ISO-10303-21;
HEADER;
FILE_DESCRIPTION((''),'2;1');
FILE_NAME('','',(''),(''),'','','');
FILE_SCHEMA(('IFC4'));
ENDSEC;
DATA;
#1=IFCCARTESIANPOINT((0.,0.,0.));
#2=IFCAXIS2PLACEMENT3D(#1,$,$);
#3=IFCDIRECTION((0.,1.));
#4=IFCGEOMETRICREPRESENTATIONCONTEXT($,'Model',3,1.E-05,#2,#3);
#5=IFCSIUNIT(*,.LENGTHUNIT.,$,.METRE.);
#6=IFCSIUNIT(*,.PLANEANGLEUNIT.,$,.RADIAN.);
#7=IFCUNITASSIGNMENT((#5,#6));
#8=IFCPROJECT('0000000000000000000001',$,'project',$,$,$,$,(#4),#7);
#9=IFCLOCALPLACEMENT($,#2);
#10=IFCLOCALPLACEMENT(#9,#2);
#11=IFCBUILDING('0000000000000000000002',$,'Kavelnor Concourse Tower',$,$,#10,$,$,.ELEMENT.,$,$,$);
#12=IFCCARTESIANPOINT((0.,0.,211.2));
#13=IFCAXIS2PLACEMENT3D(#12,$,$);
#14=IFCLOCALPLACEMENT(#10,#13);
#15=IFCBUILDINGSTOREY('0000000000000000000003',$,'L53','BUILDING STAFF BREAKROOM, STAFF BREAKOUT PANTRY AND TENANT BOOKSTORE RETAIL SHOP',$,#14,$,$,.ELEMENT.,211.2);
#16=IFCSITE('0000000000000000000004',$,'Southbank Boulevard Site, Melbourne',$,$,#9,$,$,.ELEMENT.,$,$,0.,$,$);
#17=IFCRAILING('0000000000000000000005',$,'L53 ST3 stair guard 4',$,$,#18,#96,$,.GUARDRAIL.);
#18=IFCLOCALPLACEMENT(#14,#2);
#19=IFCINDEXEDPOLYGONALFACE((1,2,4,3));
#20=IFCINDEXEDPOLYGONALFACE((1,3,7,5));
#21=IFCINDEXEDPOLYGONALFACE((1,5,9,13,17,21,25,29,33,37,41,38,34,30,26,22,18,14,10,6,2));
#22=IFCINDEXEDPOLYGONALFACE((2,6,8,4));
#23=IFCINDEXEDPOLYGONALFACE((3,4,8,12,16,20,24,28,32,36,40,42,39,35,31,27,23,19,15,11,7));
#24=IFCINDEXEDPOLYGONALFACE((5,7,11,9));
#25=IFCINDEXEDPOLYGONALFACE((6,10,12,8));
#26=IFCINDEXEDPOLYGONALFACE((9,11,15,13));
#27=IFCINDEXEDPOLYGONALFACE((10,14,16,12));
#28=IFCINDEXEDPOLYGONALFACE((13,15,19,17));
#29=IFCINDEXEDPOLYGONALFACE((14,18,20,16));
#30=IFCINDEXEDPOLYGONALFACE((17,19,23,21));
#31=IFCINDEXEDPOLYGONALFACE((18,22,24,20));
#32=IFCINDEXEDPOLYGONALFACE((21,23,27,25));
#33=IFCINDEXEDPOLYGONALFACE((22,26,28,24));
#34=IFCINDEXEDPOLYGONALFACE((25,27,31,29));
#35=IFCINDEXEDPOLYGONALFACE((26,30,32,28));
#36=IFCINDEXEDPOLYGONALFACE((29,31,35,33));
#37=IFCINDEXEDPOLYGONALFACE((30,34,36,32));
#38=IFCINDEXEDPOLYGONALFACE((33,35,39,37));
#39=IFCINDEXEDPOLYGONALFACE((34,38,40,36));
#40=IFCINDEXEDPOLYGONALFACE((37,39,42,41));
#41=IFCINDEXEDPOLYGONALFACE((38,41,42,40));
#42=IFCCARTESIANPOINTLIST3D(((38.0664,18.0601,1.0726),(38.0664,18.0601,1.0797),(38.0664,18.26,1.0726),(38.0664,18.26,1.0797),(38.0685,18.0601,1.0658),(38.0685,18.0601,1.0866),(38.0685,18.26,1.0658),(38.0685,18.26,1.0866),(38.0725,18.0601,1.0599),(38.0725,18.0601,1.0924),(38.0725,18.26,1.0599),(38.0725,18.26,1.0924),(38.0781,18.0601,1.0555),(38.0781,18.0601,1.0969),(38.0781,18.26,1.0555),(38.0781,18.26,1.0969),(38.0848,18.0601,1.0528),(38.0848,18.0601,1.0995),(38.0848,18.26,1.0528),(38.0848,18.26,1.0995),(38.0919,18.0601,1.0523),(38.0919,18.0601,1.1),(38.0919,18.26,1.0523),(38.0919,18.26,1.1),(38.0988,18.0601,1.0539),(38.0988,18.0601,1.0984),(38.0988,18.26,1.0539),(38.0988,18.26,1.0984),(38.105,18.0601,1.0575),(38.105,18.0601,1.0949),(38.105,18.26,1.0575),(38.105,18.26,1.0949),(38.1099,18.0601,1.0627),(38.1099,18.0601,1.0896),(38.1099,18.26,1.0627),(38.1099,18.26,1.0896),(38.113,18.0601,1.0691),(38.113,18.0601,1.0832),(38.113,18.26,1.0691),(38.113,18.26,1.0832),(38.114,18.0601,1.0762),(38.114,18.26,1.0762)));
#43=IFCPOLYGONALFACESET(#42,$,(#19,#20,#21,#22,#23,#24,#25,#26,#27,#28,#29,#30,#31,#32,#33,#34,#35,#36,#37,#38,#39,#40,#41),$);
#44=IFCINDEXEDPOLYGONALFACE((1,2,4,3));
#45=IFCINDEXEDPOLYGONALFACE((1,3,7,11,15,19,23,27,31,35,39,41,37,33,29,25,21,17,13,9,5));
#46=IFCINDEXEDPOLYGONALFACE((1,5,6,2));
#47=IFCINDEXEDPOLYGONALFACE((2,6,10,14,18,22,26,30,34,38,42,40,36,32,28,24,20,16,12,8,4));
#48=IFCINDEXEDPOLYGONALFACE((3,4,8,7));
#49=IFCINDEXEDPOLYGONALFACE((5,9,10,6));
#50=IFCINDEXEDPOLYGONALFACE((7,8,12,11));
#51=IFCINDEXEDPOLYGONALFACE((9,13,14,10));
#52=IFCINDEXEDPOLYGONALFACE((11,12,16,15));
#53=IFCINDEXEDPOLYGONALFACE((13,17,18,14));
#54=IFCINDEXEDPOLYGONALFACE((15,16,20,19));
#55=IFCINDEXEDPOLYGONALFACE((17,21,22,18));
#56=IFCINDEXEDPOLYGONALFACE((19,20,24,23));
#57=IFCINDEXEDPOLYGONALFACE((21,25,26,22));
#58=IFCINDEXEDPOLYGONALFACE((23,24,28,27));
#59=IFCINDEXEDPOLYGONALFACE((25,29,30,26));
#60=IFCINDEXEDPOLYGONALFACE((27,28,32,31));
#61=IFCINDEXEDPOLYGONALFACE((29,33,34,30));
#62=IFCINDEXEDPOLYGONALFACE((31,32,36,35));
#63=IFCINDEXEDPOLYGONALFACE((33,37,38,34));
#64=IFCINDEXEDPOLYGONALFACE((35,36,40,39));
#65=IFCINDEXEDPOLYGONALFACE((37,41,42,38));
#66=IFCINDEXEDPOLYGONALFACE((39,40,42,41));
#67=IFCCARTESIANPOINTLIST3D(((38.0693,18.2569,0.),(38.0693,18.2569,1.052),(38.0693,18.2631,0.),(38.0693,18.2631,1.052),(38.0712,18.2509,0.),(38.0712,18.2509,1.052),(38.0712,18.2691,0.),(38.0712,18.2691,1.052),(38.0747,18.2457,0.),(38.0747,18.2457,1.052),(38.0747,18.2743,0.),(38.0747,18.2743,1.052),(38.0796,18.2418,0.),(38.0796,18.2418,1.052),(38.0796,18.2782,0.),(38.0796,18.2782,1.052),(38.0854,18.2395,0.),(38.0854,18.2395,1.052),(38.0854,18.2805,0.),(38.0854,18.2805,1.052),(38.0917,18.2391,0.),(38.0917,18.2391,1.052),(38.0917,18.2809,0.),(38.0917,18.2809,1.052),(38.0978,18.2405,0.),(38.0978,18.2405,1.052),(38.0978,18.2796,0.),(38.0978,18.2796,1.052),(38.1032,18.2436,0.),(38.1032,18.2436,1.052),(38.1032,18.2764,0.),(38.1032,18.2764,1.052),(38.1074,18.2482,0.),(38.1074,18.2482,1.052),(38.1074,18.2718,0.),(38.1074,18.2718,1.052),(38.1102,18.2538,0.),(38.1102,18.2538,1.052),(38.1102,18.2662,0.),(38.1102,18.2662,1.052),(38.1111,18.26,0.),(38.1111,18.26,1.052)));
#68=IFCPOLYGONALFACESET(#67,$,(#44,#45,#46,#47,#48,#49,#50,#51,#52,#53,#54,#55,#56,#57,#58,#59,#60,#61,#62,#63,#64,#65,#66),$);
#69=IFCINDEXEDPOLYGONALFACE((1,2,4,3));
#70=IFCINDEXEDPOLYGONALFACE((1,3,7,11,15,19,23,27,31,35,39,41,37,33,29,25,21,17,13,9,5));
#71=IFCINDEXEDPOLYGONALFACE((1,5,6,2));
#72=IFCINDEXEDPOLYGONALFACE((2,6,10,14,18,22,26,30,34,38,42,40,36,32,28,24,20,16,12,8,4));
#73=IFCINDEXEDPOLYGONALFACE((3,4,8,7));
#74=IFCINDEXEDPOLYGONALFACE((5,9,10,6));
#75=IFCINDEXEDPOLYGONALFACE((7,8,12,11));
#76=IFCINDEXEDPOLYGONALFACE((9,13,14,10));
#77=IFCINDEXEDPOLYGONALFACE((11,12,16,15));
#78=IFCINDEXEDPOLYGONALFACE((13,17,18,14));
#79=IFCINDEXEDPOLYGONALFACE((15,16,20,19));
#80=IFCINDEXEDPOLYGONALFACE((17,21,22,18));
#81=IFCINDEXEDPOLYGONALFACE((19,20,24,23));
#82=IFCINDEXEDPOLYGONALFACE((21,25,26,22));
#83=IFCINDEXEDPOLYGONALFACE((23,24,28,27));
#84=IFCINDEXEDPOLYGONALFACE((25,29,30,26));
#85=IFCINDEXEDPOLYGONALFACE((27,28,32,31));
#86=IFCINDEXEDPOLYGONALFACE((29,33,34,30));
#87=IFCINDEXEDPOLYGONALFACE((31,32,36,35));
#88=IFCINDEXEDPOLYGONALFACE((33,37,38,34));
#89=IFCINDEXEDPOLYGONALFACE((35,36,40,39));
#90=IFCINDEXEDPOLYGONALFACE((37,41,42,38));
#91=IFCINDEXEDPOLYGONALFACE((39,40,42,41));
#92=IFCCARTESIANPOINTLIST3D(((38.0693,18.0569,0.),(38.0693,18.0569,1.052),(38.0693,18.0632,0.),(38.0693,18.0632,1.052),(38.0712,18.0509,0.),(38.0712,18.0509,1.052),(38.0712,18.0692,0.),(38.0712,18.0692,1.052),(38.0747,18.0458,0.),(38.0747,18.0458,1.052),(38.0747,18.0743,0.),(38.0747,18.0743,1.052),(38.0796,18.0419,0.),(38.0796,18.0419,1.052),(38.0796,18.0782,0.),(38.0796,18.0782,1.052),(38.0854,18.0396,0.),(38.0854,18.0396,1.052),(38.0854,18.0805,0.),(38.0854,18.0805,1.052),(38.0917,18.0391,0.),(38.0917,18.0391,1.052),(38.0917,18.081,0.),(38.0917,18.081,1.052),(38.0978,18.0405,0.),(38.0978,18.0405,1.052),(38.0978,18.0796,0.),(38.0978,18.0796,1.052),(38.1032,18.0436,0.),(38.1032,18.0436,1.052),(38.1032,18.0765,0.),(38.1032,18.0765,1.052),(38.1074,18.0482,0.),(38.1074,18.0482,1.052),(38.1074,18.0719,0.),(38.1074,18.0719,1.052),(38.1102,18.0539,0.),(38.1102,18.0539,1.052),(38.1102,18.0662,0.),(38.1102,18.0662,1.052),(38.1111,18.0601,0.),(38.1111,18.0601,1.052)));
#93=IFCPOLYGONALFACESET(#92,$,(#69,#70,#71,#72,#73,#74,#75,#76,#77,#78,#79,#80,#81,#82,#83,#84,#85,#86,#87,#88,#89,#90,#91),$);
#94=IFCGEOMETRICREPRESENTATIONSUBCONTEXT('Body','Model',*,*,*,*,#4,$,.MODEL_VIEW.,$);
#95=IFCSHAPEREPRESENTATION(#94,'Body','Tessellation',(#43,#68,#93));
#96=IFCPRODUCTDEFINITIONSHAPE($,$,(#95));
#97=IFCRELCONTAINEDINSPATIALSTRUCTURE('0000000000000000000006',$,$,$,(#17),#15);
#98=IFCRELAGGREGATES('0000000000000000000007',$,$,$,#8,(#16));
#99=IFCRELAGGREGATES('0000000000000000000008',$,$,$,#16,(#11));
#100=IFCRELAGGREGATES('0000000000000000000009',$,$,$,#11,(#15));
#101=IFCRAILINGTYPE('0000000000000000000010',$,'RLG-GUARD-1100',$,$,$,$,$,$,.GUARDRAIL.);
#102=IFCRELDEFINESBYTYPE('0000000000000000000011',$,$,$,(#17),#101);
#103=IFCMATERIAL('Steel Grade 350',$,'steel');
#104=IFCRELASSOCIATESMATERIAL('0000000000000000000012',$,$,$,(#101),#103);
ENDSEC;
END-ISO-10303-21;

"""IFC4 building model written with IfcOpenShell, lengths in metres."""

from ifc_helpers import new_model, si_unit, direction, frame, origin, origin_2d, place, context, subcontext, project, spatial, circle, extrude, material, type_object, element, save


model = new_model("IFC4")

# Units and contexts
model_context = context("Model", 3, precision=1e-05, world=origin(), true_north=direction((0.0, 1.0)))
body_context = subcontext(model_context, "Body", "Model", "MODEL_VIEW")
ifc_project = project(units=[si_unit("LENGTHUNIT", "METRE"), si_unit("PLANEANGLEUNIT", "RADIAN")], contexts=[model_context])

# Site, building, storey
site_placement = place(None, origin())
site = spatial("IfcSite", under=ifc_project, at=site_placement, Name="Southbank Boulevard Site, Melbourne", CompositionType="ELEMENT", RefElevation=0.0)
building_placement = place(site_placement, origin())
building = spatial("IfcBuilding", under=site, at=building_placement, Name="Kavelnor Concourse Tower", CompositionType="ELEMENT")
storey_placement = place(building_placement, frame((0.0, 0.0, 211.2)))
storey = spatial("IfcBuildingStorey", under=building, at=storey_placement, Name="L53", Description="BUILDING STAFF BREAKROOM, STAFF BREAKOUT PANTRY AND TENANT BOOKSTORE RETAIL SHOP", CompositionType="ELEMENT", Elevation=211.2)

# Shared definitions
ifc_material_1 = material(Name="Steel Grade 350", Category="steel")

# Railing
railing_type_1 = type_object("IfcRailingType", Name="RLG-GUARD-1100", PredefinedType="GUARDRAIL", material=ifc_material_1)
railing_1_placement = place(storey_placement, frame((38.0901, 18.26, 0.0)))
element("IfcRailing", 1, at=railing_1_placement, inside=storey, type_object=railing_type_1, Name="L53 ST3 stair guard 4", PredefinedType="GUARDRAIL", context=body_context, shape_type="SweptSolid", body=[
    extrude(circle(Radius=0.0239, at=origin_2d()), frame((0.0, 0.0, 1.0762), z_axis=(0.0, -1.0, 0.0), x_axis=(1.0, 0.0, 0.0)), (0.0, 0.0, 1.0), 0.2),
    extrude(circle(Radius=0.021, at=origin_2d()), origin(), (0.0, 0.0, 1.0), 1.052),
    extrude(circle(Radius=0.021, at=origin_2d()), frame((0.0, -0.2, 0.0)), (0.0, 0.0, 1.0), 1.052),
])

save(model, "model.ifc")
